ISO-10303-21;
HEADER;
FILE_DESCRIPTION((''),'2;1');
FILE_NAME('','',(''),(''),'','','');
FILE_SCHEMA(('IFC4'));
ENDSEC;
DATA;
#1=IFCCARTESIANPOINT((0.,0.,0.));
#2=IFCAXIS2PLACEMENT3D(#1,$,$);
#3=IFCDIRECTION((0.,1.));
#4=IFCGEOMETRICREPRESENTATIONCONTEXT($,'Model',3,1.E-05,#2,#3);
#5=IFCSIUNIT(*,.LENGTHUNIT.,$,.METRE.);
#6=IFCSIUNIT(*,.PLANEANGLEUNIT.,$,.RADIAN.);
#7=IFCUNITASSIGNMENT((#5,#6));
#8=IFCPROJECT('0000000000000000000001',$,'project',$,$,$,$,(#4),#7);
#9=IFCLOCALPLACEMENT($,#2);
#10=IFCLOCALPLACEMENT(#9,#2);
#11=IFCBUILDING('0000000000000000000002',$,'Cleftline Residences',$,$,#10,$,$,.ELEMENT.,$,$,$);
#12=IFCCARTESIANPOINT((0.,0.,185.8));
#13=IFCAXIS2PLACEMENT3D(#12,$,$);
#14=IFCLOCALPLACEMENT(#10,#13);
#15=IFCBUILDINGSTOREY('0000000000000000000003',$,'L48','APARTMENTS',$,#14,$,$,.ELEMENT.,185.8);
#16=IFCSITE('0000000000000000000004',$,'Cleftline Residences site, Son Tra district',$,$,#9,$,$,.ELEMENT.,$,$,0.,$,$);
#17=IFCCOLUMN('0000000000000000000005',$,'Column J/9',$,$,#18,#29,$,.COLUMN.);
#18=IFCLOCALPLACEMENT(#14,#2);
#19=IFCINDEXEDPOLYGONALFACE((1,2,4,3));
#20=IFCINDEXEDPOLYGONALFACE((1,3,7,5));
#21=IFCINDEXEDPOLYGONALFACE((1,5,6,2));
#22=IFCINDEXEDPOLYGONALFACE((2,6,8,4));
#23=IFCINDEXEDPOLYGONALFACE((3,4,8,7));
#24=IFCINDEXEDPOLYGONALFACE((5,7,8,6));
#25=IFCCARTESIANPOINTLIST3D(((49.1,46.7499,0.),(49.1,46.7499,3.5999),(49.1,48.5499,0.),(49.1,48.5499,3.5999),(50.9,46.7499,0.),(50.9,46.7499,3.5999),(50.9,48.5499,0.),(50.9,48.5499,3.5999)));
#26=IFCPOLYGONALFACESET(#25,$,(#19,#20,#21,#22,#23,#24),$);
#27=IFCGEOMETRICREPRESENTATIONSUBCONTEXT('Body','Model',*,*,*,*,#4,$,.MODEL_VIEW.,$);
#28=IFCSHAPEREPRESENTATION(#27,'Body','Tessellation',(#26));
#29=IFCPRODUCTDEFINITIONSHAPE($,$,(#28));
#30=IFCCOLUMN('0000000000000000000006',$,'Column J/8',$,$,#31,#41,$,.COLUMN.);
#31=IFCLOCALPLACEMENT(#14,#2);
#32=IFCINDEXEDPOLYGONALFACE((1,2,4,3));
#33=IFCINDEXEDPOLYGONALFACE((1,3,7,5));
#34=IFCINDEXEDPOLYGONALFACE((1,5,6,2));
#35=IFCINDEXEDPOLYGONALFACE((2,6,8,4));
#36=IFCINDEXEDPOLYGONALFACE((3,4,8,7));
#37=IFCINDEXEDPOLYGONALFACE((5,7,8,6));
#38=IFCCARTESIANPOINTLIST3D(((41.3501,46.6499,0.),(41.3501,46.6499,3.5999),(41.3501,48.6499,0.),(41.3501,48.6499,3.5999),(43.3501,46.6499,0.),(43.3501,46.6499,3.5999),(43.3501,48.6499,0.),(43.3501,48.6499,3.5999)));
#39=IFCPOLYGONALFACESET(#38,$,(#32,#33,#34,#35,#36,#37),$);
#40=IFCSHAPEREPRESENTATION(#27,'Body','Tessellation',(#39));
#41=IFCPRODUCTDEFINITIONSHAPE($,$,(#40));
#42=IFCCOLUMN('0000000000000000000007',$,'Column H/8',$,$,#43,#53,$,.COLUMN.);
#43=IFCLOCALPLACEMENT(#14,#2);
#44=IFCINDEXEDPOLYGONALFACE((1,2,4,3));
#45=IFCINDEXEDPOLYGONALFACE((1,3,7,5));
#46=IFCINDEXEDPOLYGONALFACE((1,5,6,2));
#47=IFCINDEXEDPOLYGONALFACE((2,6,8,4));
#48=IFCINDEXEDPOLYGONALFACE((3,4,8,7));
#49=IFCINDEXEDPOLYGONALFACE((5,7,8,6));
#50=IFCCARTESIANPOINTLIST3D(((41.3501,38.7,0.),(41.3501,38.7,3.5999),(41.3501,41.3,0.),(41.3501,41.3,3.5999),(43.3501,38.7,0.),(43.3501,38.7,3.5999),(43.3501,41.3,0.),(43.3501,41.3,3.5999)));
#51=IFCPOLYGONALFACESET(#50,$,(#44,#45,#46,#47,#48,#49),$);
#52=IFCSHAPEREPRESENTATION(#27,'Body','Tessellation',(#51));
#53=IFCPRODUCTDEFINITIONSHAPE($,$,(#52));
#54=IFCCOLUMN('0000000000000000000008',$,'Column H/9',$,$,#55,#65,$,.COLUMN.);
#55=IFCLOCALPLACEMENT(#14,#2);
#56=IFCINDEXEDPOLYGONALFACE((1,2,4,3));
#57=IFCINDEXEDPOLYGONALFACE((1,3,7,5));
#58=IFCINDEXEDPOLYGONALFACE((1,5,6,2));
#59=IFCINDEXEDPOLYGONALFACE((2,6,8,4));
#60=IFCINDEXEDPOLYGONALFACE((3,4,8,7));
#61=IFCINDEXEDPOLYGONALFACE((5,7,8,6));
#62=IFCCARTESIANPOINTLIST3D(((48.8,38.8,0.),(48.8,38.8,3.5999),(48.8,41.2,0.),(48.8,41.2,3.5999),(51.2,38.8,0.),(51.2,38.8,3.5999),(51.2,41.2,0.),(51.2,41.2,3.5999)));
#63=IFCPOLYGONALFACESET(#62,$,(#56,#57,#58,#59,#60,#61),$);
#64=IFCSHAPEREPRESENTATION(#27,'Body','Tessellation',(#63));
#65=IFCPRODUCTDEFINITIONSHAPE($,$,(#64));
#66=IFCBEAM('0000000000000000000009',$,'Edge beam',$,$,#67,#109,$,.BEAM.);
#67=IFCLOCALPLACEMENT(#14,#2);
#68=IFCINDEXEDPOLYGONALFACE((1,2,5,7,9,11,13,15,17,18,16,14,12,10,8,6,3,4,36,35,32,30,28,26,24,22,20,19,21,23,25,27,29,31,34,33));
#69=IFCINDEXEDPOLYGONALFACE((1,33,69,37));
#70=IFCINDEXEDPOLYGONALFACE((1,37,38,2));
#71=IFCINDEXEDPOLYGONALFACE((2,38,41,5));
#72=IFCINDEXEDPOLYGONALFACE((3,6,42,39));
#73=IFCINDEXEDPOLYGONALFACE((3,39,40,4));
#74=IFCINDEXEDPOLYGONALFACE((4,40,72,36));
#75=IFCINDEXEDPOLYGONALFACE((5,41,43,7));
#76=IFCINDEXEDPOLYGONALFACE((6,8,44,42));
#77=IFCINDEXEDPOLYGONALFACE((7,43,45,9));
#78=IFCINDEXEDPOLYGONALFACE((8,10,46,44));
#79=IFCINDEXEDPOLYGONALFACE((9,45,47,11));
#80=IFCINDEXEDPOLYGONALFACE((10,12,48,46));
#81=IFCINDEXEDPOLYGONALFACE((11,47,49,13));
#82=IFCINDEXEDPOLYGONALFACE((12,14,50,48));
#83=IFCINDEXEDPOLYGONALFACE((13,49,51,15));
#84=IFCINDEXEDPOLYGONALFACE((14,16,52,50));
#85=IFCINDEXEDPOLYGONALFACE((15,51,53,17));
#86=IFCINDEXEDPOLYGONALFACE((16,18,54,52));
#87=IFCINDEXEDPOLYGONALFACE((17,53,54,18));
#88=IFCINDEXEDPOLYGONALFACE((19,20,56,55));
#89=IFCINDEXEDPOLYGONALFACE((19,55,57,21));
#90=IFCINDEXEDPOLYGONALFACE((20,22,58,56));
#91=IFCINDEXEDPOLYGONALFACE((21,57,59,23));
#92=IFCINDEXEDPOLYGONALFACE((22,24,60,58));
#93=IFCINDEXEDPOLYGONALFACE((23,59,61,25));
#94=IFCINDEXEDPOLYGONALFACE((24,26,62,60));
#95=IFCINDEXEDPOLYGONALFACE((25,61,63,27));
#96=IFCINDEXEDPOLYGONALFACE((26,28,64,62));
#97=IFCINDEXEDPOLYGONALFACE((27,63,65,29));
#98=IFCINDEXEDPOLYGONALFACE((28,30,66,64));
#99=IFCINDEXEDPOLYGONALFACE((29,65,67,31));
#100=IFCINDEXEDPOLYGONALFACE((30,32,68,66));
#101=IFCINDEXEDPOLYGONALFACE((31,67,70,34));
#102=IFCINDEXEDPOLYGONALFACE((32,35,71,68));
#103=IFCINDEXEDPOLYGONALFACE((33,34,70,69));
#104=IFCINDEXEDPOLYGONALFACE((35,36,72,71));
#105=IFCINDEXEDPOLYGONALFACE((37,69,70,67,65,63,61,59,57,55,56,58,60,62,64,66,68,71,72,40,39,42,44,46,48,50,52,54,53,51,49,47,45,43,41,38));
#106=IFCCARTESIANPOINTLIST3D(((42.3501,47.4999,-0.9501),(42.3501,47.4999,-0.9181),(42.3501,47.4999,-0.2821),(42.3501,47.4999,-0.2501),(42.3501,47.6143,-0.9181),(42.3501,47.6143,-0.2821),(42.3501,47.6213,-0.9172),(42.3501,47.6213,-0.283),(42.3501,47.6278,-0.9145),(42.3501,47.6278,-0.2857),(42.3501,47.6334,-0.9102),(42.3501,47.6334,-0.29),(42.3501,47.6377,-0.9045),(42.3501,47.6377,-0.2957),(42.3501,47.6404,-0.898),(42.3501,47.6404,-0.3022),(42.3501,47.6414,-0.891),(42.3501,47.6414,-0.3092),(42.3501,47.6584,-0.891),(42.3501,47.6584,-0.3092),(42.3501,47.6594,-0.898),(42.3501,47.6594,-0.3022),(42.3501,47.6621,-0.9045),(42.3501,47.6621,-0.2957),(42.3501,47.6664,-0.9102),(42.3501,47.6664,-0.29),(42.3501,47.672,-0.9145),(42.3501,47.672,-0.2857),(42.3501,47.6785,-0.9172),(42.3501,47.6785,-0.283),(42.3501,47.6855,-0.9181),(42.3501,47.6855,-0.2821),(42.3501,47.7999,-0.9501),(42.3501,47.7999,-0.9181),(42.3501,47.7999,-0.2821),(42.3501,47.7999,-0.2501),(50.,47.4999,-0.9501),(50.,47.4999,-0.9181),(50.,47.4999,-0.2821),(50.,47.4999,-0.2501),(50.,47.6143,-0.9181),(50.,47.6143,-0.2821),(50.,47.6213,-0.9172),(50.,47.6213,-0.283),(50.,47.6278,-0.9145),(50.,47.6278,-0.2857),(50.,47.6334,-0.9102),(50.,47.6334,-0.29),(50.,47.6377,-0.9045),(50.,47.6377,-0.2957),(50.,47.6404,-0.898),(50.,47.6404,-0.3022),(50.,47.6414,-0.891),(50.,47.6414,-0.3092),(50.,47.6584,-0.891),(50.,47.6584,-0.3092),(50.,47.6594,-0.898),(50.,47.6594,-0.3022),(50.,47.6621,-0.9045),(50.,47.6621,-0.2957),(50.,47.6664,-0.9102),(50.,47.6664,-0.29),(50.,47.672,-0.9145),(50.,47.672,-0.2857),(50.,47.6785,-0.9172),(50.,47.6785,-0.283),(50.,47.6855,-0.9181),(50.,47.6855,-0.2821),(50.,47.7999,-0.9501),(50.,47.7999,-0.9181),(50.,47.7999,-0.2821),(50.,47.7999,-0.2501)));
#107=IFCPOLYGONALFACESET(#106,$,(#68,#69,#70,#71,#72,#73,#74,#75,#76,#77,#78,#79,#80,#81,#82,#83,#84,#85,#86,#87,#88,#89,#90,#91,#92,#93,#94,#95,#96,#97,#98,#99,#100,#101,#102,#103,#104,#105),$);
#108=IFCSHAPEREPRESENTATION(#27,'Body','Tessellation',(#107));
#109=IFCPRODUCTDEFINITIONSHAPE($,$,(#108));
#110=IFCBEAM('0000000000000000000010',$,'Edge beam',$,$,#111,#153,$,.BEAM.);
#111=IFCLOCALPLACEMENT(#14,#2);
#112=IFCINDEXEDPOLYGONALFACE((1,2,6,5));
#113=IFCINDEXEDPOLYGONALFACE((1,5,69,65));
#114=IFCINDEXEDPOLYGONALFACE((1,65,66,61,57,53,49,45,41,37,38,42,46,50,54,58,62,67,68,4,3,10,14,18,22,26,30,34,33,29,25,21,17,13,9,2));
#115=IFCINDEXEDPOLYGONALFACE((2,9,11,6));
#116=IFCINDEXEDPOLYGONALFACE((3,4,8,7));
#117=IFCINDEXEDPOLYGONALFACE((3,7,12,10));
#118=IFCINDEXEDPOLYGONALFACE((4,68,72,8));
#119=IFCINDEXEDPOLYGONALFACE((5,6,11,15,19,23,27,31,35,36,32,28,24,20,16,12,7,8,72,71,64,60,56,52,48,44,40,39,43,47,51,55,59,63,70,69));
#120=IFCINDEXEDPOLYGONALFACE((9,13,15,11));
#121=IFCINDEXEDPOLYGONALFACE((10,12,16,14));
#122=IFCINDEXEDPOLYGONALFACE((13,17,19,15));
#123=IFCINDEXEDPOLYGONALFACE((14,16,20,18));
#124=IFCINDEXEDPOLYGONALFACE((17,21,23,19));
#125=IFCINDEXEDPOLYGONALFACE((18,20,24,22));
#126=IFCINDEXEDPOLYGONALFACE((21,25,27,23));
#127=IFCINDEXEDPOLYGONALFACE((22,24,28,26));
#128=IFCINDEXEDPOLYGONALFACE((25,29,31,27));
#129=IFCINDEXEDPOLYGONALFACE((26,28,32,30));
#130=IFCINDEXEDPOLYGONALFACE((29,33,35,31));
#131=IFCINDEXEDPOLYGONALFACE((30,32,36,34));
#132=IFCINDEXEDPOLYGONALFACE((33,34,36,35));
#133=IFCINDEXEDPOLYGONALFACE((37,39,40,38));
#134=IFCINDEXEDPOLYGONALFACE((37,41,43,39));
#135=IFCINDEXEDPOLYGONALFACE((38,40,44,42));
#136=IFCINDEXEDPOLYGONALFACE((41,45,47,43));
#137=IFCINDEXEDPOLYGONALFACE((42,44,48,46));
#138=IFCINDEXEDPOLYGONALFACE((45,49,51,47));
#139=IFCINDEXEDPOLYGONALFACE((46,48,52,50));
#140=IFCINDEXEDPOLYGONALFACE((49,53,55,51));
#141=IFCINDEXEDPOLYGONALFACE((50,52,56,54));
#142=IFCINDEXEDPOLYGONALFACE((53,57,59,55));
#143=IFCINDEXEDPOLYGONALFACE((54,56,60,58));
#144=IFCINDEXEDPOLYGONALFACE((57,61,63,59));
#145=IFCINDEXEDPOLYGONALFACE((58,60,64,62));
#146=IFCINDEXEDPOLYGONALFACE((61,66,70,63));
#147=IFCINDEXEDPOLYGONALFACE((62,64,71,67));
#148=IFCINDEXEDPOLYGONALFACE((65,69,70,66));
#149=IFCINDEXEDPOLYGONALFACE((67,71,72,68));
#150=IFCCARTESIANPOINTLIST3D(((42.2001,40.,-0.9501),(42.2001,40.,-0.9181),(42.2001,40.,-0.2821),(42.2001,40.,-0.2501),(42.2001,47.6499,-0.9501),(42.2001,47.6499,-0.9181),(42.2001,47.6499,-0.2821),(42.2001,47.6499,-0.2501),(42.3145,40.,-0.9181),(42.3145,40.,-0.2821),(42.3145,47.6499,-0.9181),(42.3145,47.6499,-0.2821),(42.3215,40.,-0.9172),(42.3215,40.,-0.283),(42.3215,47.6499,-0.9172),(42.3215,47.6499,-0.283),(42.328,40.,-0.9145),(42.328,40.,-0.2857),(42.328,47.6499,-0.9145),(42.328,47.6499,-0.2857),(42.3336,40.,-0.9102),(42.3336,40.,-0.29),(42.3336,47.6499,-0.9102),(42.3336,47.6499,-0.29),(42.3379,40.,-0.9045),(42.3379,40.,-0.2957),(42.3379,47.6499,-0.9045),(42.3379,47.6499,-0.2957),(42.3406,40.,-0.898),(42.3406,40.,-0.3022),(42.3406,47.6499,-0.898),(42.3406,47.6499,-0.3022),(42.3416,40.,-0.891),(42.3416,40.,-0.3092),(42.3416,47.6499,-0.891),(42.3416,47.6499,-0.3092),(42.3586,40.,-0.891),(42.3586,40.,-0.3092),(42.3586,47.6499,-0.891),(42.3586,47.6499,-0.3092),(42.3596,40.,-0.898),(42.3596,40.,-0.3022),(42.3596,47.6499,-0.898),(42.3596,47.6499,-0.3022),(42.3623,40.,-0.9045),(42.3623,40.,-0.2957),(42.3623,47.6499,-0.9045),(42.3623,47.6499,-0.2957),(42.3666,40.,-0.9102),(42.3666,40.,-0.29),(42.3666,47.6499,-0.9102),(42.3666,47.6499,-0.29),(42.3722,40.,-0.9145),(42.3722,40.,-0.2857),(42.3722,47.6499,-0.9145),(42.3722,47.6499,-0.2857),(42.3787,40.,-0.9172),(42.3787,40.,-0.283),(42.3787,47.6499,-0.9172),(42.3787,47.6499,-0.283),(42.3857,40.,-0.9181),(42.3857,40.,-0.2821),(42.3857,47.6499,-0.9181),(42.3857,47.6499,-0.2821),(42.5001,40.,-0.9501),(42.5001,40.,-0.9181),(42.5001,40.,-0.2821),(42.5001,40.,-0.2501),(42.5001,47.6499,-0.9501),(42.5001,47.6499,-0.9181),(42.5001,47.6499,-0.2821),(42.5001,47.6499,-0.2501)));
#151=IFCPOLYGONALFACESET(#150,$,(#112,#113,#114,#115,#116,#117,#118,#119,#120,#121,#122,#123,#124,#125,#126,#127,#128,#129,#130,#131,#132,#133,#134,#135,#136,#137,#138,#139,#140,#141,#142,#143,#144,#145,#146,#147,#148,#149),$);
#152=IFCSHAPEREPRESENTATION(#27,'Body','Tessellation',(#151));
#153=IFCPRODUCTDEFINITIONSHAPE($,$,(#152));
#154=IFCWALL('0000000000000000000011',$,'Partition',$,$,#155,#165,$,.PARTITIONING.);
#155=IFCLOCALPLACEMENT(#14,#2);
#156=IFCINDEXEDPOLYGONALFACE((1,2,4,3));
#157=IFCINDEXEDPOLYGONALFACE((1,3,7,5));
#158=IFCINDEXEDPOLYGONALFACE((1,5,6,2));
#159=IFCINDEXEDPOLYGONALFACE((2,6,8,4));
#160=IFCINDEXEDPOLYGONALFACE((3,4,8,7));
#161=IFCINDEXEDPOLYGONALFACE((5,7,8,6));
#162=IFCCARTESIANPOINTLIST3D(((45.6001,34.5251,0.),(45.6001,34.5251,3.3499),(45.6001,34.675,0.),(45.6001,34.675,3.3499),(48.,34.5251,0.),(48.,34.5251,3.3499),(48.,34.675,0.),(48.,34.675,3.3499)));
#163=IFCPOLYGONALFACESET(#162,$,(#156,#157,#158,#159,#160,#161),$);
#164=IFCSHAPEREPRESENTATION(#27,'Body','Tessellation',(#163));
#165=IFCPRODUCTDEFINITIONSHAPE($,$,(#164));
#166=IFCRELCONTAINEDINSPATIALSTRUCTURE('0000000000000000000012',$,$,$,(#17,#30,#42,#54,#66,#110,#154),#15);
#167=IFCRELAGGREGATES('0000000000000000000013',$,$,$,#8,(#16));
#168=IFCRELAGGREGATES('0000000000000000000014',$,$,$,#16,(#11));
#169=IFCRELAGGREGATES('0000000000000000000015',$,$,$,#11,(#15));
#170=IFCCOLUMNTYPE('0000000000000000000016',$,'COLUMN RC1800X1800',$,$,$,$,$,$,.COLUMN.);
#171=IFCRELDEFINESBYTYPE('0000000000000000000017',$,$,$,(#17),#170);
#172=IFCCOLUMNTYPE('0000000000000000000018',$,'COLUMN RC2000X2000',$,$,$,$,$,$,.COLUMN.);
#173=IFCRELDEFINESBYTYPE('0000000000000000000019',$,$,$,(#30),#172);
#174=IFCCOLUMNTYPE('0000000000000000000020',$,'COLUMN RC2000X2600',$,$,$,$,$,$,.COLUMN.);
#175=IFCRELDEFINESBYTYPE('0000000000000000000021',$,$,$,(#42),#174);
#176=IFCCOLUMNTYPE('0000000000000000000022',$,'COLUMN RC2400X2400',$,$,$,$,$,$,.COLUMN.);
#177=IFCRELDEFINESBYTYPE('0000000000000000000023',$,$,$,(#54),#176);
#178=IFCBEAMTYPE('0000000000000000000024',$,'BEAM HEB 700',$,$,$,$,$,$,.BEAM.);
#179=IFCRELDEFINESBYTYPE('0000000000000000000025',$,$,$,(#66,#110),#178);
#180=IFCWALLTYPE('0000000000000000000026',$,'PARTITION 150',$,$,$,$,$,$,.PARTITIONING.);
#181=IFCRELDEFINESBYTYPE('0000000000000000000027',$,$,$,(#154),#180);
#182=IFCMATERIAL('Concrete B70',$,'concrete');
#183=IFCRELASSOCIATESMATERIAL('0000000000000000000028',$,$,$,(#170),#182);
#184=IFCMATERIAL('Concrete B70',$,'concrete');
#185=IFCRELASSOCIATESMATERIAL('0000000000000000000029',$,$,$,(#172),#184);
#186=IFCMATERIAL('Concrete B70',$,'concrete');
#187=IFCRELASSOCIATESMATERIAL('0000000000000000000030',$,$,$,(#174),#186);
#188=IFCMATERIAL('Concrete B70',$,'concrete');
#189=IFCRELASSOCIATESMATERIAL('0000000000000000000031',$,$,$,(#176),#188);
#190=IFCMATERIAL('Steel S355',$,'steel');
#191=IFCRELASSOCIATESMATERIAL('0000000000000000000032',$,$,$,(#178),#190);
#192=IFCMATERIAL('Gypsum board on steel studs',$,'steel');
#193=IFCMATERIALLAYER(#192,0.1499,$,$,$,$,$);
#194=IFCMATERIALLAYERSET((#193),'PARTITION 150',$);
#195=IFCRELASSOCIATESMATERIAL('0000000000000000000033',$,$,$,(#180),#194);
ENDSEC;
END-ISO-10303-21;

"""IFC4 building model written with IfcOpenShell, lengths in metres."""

from ifc_helpers import new_model, si_unit, direction, frame, frame_2d, origin, origin_2d, place, context, subcontext, project, spatial, rectangle, i_section, extrude, material, layer, layer_set, material_profile, profile_set, type_object, element, save


model = new_model("IFC4")

# Units and contexts
model_context = context("Model", 3, precision=1e-05, world=origin(), true_north=direction((0.0, 1.0)))
body_context = subcontext(model_context, "Body", "Model", "MODEL_VIEW")
ifc_project = project(units=[si_unit("LENGTHUNIT", "METRE"), si_unit("PLANEANGLEUNIT", "RADIAN")], contexts=[model_context])

# Site, building, storey
site_placement = place(None, origin())
site = spatial("IfcSite", under=ifc_project, at=site_placement, Name="Cleftline Residences site, Son Tra district", CompositionType="ELEMENT", RefElevation=0.0)
building_placement = place(site_placement, origin())
building = spatial("IfcBuilding", under=site, at=building_placement, Name="Cleftline Residences", CompositionType="ELEMENT")
storey_placement = place(building_placement, frame((0.0, 0.0, 185.8)))
storey = spatial("IfcBuildingStorey", under=building, at=storey_placement, Name="L48", Description="APARTMENTS", CompositionType="ELEMENT", Elevation=185.8)

# Columns
ifc_material_1 = material(Name="Concrete B70", Category="concrete")
ifc_material_profile_1 = material_profile(ifc_material_1, rectangle(XDim=1.8, YDim=1.8, at=origin_2d()))
ifc_profile_set_1 = profile_set([ifc_material_profile_1], Name="Concrete B70")
column_type_1 = type_object("IfcColumnType", Name="COLUMN RC1800X1800", PredefinedType="COLUMN", material=ifc_profile_set_1)
column_1_placement = place(storey_placement, frame((50.0, 47.6499, 0.0), z_axis=(0.0, 0.0, 1.0), x_axis=(1.0, 0.0, 0.0)))
element("IfcColumn", 1, at=column_1_placement, inside=storey, type_object=column_type_1, Name="Column J/9", PredefinedType="COLUMN", context=body_context, shape_type="SweptSolid", body=[
    extrude(rectangle(XDim=1.8, YDim=1.8, at=origin_2d()), origin(), (0.0, 0.0, 1.0), 3.5999),
])
ifc_material_2 = material(Name="Concrete B70", Category="concrete")
ifc_material_profile_2 = material_profile(ifc_material_2, rectangle(XDim=2.0, YDim=2.0, at=origin_2d()))
ifc_profile_set_2 = profile_set([ifc_material_profile_2], Name="Concrete B70")
column_type_2 = type_object("IfcColumnType", Name="COLUMN RC2000X2000", PredefinedType="COLUMN", material=ifc_profile_set_2)
column_2_placement = place(storey_placement, frame((42.3501, 47.6499, 0.0), z_axis=(0.0, 0.0, 1.0), x_axis=(1.0, 0.0, 0.0)))
element("IfcColumn", 2, at=column_2_placement, inside=storey, type_object=column_type_2, Name="Column J/8", PredefinedType="COLUMN", context=body_context, shape_type="SweptSolid", body=[
    extrude(rectangle(XDim=2.0, YDim=2.0, at=origin_2d()), origin(), (0.0, 0.0, 1.0), 3.5999),
])
ifc_material_3 = material(Name="Concrete B70", Category="concrete")
ifc_material_profile_3 = material_profile(ifc_material_3, rectangle(XDim=2.0, YDim=2.6001, at=origin_2d()))
ifc_profile_set_3 = profile_set([ifc_material_profile_3], Name="Concrete B70")
column_type_3 = type_object("IfcColumnType", Name="COLUMN RC2000X2600", PredefinedType="COLUMN", material=ifc_profile_set_3)
column_3_placement = place(storey_placement, frame((42.3501, 40.0, 0.0), z_axis=(0.0, 0.0, 1.0), x_axis=(1.0, 0.0, 0.0)))
element("IfcColumn", 3, at=column_3_placement, inside=storey, type_object=column_type_3, Name="Column H/8", PredefinedType="COLUMN", context=body_context, shape_type="SweptSolid", body=[
    extrude(rectangle(XDim=2.0, YDim=2.6001, at=origin_2d()), origin(), (0.0, 0.0, 1.0), 3.5999),
])
ifc_material_4 = material(Name="Concrete B70", Category="concrete")
ifc_material_profile_4 = material_profile(ifc_material_4, rectangle(XDim=2.3999, YDim=2.3999, at=origin_2d()))
ifc_profile_set_4 = profile_set([ifc_material_profile_4], Name="Concrete B70")
column_type_4 = type_object("IfcColumnType", Name="COLUMN RC2400X2400", PredefinedType="COLUMN", material=ifc_profile_set_4)
column_4_placement = place(storey_placement, frame((50.0, 40.0, 0.0), z_axis=(0.0, 0.0, 1.0), x_axis=(1.0, 0.0, 0.0)))
element("IfcColumn", 4, at=column_4_placement, inside=storey, type_object=column_type_4, Name="Column H/9", PredefinedType="COLUMN", context=body_context, shape_type="SweptSolid", body=[
    extrude(rectangle(XDim=2.3999, YDim=2.3999, at=origin_2d()), origin(), (0.0, 0.0, 1.0), 3.5999),
])

# Beams
ifc_material_5 = material(Name="Steel S355", Category="steel")
ifc_material_profile_5 = material_profile(ifc_material_5, i_section(OverallWidth=0.3, OverallDepth=0.7, WebThickness=0.0171, FlangeThickness=0.032, FilletRadius=0.0271, at=origin_2d()))
ifc_profile_set_5 = profile_set([ifc_material_profile_5], Name="Steel S355")
beam_type = type_object("IfcBeamType", Name="BEAM HEB 700", PredefinedType="BEAM", material=ifc_profile_set_5)
for number, where, z_axis, x_axis, name in (
    (5, (50.0, 47.6499, -0.6001), (-1.0, 0.0, 0.0), (0.0, -1.0, 0.0), "Edge beam"),
    (6, (42.3501, 47.6499, -0.6001), (0.0, -1.0, 0.0), (1.0, 0.0, 0.0), "Edge beam"),
):
    element("IfcBeam", number, at=place(storey_placement, frame(where, z_axis=z_axis, x_axis=x_axis)), inside=storey, type_object=beam_type, Name=name, PredefinedType="BEAM", context=body_context, shape_type="SweptSolid", body=[
        extrude(i_section(OverallWidth=0.3, OverallDepth=0.7, WebThickness=0.0171, FlangeThickness=0.032, FilletRadius=0.0271, at=origin_2d()), origin(), (0.0, 0.0, 1.0), 7.6499),
    ])

# Wall
ifc_material_6 = material(Name="Gypsum board on steel studs", Category="steel")
ifc_layer = layer(ifc_material_6, 0.1499)
ifc_layer_set = layer_set([ifc_layer], Name="PARTITION 150")
wall_type = type_object("IfcWallType", Name="PARTITION 150", PredefinedType="PARTITIONING", material=ifc_layer_set)
wall_1_placement = place(storey_placement, frame((45.6001, 34.6001, 0.0), z_axis=(0.0, 0.0, 1.0), x_axis=(1.0, 0.0, 0.0)))
element("IfcWall", 7, at=wall_1_placement, inside=storey, type_object=wall_type, Name="Partition", PredefinedType="PARTITIONING", context=body_context, shape_type="SweptSolid", body=[
    extrude(rectangle(XDim=2.3999, YDim=0.1499, at=frame_2d((1.2, 0.0))), origin(), (0.0, 0.0, 1.0), 3.3499),
])

save(model, "model.ifc")
